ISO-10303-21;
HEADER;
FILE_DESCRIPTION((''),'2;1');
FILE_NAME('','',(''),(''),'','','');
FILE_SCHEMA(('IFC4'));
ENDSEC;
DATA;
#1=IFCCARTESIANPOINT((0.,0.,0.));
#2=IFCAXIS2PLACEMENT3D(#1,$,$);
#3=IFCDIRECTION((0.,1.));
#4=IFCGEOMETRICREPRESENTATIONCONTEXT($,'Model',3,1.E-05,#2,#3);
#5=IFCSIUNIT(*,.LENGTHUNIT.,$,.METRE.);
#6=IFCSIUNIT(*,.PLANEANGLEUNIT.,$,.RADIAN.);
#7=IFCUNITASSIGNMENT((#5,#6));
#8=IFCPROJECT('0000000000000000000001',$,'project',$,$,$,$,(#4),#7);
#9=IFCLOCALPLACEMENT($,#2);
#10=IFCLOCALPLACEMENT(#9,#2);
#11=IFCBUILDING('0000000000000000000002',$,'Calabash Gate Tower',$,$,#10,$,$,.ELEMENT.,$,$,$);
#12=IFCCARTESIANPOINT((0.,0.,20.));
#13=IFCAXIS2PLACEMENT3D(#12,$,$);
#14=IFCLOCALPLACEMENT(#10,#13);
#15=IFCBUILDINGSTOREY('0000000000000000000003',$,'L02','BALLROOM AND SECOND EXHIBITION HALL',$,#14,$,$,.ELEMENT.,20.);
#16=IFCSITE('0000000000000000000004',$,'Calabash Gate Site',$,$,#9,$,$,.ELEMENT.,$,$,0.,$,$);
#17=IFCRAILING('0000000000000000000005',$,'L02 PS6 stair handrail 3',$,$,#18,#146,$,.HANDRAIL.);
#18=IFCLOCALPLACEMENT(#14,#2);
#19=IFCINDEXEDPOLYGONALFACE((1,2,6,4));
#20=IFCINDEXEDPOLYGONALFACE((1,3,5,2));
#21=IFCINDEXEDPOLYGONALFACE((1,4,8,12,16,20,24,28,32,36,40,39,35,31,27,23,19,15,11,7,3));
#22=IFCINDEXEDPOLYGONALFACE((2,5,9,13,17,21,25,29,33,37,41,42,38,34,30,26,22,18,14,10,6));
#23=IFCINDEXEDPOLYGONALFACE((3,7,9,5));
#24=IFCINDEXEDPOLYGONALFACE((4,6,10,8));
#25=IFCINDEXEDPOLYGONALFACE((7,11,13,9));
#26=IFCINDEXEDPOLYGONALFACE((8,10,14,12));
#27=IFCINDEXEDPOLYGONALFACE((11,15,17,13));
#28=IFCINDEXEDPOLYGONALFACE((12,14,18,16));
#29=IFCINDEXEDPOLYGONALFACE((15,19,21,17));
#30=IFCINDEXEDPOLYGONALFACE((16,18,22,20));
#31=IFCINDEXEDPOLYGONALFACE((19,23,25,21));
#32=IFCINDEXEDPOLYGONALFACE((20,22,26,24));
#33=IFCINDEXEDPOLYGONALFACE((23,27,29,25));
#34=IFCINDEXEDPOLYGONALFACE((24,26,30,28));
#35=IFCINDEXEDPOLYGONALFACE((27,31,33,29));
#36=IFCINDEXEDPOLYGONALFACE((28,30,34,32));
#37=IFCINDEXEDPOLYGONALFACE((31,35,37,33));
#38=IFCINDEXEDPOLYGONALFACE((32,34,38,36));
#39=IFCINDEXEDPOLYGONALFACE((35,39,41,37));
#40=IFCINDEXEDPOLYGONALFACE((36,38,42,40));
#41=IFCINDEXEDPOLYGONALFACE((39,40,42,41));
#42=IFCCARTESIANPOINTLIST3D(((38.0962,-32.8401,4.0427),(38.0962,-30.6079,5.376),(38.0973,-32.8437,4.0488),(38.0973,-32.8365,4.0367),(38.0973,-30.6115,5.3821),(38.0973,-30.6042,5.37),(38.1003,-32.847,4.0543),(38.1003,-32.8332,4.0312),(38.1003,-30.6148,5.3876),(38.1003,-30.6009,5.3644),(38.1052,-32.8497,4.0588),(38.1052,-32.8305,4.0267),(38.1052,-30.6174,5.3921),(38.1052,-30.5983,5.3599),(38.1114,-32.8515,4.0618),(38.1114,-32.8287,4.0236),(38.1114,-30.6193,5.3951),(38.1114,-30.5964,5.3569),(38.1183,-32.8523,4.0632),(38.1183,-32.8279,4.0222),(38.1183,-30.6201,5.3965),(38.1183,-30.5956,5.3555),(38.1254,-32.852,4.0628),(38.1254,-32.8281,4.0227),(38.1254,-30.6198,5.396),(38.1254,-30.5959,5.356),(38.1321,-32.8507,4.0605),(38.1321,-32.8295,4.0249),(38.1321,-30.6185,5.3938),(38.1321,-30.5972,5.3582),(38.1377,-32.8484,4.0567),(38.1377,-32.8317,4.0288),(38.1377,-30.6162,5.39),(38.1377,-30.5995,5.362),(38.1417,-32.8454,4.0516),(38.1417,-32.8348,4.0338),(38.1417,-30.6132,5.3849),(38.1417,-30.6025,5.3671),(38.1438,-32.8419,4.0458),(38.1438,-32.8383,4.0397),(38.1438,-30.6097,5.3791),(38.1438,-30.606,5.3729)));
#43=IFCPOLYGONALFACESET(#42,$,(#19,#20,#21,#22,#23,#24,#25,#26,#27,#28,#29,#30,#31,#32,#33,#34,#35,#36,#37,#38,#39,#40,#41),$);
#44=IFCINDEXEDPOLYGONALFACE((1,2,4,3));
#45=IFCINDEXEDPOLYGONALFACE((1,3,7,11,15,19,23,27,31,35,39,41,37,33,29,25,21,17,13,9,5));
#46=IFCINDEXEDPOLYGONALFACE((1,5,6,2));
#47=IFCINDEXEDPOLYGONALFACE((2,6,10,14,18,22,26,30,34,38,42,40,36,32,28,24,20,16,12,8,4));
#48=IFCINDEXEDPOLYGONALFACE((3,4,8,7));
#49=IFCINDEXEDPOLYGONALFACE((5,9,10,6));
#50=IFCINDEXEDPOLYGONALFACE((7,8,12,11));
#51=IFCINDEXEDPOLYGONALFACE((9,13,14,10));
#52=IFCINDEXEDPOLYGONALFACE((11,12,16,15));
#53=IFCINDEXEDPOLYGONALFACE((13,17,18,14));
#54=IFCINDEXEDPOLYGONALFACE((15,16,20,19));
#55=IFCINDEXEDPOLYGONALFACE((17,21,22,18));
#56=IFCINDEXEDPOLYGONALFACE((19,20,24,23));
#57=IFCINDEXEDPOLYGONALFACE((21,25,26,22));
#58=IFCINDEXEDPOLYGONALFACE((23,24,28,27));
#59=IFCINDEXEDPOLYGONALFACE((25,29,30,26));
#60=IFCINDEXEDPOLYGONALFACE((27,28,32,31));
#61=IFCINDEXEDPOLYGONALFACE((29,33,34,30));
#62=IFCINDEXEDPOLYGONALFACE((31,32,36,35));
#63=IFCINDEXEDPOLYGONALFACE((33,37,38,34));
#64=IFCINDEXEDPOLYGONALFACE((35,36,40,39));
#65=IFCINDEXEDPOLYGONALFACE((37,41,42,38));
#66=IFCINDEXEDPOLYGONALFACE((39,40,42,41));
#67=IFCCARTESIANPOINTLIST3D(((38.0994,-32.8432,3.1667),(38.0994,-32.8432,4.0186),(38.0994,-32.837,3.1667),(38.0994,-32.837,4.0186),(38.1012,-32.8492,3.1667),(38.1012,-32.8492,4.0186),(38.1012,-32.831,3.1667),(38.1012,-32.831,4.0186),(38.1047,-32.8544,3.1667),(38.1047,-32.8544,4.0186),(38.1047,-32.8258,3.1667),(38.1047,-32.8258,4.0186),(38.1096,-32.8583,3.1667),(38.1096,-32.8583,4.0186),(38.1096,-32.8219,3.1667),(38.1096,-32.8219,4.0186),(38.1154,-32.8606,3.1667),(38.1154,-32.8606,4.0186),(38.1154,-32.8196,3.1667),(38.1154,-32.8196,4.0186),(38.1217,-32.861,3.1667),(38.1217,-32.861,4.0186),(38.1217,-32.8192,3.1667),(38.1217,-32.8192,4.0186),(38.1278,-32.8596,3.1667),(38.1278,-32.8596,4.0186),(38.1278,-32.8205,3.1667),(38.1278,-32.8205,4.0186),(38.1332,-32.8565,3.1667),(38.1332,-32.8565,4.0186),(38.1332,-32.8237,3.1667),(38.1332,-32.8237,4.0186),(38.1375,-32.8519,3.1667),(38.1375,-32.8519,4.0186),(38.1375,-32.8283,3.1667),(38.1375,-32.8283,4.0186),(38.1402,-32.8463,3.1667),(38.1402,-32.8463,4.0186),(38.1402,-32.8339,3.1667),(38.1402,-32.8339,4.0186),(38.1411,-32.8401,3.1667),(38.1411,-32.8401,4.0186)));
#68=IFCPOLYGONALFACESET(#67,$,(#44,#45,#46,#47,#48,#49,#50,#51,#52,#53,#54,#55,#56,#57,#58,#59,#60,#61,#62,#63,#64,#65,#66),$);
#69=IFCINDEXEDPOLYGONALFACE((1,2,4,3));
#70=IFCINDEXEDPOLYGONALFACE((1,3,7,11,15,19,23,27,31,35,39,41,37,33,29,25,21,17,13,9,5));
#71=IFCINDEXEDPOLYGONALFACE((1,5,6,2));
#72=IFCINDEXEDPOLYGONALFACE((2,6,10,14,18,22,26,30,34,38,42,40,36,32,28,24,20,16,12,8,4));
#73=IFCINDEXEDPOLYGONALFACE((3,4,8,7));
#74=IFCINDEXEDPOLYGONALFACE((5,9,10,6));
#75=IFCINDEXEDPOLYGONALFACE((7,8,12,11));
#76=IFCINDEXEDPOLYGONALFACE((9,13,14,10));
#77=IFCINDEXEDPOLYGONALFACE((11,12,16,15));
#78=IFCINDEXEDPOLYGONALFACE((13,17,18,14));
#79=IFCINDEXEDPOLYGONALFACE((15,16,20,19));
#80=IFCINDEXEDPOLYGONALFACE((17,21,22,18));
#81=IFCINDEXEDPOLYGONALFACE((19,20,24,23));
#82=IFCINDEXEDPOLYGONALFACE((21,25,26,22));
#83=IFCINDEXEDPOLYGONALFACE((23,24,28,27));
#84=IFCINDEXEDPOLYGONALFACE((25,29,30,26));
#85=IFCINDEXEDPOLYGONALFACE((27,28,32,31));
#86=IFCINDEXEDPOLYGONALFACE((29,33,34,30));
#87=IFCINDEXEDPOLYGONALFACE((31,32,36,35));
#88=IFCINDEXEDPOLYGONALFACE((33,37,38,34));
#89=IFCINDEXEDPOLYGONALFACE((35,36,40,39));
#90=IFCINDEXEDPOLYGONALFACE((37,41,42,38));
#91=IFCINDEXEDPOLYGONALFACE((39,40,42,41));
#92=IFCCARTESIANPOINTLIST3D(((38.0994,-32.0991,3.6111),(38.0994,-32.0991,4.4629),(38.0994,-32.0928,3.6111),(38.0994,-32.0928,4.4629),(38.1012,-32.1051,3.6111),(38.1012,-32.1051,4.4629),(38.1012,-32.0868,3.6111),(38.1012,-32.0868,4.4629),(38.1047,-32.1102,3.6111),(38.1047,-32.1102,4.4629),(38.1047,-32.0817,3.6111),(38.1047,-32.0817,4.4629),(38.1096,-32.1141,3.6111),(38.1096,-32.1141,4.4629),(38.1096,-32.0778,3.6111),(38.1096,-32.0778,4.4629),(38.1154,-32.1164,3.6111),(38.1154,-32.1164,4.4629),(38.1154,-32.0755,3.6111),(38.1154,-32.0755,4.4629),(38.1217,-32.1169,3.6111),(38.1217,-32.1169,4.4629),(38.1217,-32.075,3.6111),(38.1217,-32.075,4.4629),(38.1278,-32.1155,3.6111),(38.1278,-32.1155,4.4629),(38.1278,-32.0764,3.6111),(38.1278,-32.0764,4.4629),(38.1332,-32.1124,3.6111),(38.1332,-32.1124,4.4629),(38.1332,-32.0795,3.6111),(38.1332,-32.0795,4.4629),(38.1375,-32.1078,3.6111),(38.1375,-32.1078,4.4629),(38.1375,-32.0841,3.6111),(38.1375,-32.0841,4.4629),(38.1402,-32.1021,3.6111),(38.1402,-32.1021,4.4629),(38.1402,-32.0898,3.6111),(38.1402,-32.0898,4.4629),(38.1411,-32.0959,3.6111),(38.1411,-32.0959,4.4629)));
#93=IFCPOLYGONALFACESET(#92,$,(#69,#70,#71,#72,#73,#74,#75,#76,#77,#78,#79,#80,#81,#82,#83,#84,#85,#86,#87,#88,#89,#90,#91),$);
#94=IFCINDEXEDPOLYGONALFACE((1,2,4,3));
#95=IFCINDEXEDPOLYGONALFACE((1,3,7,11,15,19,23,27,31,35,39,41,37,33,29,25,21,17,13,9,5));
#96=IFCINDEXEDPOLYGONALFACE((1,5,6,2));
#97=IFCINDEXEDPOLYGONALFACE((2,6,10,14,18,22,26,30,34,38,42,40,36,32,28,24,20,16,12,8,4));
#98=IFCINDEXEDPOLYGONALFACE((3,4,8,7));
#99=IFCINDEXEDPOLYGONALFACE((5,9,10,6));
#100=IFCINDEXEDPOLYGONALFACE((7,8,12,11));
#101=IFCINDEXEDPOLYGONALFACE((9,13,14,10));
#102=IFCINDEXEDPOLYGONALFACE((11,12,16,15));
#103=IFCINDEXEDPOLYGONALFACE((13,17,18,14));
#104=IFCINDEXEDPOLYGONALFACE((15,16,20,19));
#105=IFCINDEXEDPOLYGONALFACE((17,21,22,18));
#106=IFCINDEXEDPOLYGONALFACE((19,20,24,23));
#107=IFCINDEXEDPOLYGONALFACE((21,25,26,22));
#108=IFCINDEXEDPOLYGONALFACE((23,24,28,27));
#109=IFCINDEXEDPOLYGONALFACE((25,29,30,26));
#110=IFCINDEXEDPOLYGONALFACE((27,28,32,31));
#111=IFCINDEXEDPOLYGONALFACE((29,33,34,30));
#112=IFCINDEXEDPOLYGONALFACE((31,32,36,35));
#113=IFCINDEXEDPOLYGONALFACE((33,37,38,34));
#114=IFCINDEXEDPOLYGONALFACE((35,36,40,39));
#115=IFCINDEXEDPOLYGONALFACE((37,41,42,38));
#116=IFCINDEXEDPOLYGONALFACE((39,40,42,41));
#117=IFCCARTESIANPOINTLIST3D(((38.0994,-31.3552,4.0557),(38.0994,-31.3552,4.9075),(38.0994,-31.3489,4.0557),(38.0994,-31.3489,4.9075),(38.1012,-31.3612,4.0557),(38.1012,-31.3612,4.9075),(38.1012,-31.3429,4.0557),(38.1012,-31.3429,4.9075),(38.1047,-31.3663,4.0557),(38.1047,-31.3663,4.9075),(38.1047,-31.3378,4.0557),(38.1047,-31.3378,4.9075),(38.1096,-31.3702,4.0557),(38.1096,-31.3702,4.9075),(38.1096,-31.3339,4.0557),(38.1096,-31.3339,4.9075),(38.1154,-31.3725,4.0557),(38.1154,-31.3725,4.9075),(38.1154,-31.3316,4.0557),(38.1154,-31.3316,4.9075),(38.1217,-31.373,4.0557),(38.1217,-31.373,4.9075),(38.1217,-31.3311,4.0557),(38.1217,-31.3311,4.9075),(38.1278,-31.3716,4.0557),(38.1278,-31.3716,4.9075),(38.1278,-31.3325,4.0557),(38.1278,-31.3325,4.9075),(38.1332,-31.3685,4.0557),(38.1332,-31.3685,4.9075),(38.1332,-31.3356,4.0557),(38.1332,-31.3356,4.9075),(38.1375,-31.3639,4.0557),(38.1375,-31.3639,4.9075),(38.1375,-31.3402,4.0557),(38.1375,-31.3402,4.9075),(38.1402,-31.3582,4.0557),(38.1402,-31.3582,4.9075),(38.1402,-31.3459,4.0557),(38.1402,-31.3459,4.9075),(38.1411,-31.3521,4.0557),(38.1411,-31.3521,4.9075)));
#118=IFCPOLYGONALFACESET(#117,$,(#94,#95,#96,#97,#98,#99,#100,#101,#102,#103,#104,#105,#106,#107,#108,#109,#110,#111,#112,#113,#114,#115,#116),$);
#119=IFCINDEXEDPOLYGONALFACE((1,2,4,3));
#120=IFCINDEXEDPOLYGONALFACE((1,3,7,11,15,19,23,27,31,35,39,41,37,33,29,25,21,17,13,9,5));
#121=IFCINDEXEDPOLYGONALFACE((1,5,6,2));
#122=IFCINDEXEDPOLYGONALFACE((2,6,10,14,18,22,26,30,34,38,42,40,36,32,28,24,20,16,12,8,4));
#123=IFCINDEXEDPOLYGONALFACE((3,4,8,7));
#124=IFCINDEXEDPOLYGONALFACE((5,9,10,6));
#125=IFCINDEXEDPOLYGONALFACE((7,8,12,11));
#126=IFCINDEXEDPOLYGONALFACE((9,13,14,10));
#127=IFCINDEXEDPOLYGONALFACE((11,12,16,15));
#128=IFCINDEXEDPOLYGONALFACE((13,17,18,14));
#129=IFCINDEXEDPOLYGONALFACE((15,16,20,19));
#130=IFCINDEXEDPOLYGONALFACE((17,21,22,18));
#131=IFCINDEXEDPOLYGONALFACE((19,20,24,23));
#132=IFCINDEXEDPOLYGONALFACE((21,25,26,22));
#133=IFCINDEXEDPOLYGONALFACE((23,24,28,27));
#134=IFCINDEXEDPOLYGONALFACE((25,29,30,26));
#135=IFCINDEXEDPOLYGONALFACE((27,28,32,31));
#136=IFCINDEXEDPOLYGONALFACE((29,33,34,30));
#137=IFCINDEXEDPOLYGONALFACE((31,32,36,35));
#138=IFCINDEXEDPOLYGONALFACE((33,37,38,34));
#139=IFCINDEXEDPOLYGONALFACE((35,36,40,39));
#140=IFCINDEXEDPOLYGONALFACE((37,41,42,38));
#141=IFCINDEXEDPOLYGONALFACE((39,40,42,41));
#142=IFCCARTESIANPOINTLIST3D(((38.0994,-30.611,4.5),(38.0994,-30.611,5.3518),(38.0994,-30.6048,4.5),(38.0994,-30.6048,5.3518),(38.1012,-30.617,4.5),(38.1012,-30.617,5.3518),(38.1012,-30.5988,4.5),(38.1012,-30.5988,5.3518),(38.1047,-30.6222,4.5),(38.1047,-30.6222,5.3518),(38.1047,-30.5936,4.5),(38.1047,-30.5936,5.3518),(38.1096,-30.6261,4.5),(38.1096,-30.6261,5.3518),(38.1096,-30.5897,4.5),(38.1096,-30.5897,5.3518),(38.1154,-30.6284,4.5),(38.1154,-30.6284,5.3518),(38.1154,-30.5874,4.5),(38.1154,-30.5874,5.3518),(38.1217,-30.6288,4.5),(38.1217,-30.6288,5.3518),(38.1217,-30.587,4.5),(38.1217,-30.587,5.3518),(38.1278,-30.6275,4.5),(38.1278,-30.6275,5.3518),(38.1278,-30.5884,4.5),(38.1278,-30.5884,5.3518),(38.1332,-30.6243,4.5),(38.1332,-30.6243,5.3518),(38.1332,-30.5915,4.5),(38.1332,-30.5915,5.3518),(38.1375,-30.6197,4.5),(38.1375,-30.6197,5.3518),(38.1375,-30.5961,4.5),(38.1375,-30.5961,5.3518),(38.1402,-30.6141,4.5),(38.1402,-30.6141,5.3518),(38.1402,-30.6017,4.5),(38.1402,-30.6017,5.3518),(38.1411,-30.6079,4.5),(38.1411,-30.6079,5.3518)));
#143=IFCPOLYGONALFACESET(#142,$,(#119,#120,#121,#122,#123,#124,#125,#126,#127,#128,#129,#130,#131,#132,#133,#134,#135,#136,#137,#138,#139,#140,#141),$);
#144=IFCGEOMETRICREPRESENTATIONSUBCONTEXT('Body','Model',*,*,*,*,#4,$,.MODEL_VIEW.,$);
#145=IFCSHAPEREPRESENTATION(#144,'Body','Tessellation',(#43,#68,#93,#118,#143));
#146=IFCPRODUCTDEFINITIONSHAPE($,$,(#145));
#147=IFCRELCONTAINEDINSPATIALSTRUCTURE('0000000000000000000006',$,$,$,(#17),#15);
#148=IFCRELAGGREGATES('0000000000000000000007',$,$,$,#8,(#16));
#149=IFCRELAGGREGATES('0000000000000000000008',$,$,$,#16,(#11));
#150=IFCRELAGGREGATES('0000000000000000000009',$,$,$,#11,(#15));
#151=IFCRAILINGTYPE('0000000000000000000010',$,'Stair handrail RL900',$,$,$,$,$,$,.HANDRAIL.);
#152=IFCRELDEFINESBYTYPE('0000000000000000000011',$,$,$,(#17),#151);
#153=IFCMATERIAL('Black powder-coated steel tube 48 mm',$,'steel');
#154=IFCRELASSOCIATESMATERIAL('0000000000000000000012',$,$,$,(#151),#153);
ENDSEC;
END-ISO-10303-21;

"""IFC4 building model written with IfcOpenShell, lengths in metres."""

from ifc_helpers import new_model, si_unit, direction, frame, origin, origin_2d, place, context, subcontext, project, spatial, circle, extrude, material, type_object, element, save


model = new_model("IFC4")

# Units and contexts
model_context = context("Model", 3, precision=1e-05, world=origin(), true_north=direction((0.0, 1.0)))
body_context = subcontext(model_context, "Body", "Model", "MODEL_VIEW")
ifc_project = project(units=[si_unit("LENGTHUNIT", "METRE"), si_unit("PLANEANGLEUNIT", "RADIAN")], contexts=[model_context])

# Site, building, storey
site_placement = place(None, origin())
site = spatial("IfcSite", under=ifc_project, at=site_placement, Name="Calabash Gate Site", CompositionType="ELEMENT", RefElevation=0.0)
building_placement = place(site_placement, origin())
building = spatial("IfcBuilding", under=site, at=building_placement, Name="Calabash Gate Tower", CompositionType="ELEMENT")
storey_placement = place(building_placement, frame((0.0, 0.0, 20.0)))
storey = spatial("IfcBuildingStorey", under=building, at=storey_placement, Name="L02", Description="BALLROOM AND SECOND EXHIBITION HALL", CompositionType="ELEMENT", Elevation=20.0)

# Railing
ifc_material_1 = material(Name="Black powder-coated steel tube 48 mm", Category="steel")
railing_type_1 = type_object("IfcRailingType", Name="Stair handrail RL900", PredefinedType="HANDRAIL", material=ifc_material_1)
for number, where, name in (
    (1, (38.1201, -32.8401, 3.1667), "L02 PS6 stair handrail 3"),
):
    element("IfcRailing", number, at=place(storey_placement, frame(where)), inside=storey, type_object=railing_type_1, Name=name, PredefinedType="HANDRAIL", context=body_context, shape_type="SweptSolid", body=[
        extrude(circle(Radius=0.0239, at=origin_2d()), frame((0.0, 0.0, 0.876), z_axis=(0.0, 0.858519, 0.512782), x_axis=(-1.0, 0.0, 0.0)), (0.0, 0.0, 1.0), 2.6001),
        extrude(circle(Radius=0.021, at=origin_2d()), origin(), (0.0, 0.0, 1.0), 0.8518),
        extrude(circle(Radius=0.021, at=origin_2d()), frame((0.0, 0.7441, 0.4443)), (0.0, 0.0, 1.0), 0.8518),
        extrude(circle(Radius=0.021, at=origin_2d()), frame((0.0, 1.488, 0.8889)), (0.0, 0.0, 1.0), 0.8518),
        extrude(circle(Radius=0.021, at=origin_2d()), frame((0.0, 2.2322, 1.3333)), (0.0, 0.0, 1.0), 0.8518),
    ])

save(model, "model.ifc")
